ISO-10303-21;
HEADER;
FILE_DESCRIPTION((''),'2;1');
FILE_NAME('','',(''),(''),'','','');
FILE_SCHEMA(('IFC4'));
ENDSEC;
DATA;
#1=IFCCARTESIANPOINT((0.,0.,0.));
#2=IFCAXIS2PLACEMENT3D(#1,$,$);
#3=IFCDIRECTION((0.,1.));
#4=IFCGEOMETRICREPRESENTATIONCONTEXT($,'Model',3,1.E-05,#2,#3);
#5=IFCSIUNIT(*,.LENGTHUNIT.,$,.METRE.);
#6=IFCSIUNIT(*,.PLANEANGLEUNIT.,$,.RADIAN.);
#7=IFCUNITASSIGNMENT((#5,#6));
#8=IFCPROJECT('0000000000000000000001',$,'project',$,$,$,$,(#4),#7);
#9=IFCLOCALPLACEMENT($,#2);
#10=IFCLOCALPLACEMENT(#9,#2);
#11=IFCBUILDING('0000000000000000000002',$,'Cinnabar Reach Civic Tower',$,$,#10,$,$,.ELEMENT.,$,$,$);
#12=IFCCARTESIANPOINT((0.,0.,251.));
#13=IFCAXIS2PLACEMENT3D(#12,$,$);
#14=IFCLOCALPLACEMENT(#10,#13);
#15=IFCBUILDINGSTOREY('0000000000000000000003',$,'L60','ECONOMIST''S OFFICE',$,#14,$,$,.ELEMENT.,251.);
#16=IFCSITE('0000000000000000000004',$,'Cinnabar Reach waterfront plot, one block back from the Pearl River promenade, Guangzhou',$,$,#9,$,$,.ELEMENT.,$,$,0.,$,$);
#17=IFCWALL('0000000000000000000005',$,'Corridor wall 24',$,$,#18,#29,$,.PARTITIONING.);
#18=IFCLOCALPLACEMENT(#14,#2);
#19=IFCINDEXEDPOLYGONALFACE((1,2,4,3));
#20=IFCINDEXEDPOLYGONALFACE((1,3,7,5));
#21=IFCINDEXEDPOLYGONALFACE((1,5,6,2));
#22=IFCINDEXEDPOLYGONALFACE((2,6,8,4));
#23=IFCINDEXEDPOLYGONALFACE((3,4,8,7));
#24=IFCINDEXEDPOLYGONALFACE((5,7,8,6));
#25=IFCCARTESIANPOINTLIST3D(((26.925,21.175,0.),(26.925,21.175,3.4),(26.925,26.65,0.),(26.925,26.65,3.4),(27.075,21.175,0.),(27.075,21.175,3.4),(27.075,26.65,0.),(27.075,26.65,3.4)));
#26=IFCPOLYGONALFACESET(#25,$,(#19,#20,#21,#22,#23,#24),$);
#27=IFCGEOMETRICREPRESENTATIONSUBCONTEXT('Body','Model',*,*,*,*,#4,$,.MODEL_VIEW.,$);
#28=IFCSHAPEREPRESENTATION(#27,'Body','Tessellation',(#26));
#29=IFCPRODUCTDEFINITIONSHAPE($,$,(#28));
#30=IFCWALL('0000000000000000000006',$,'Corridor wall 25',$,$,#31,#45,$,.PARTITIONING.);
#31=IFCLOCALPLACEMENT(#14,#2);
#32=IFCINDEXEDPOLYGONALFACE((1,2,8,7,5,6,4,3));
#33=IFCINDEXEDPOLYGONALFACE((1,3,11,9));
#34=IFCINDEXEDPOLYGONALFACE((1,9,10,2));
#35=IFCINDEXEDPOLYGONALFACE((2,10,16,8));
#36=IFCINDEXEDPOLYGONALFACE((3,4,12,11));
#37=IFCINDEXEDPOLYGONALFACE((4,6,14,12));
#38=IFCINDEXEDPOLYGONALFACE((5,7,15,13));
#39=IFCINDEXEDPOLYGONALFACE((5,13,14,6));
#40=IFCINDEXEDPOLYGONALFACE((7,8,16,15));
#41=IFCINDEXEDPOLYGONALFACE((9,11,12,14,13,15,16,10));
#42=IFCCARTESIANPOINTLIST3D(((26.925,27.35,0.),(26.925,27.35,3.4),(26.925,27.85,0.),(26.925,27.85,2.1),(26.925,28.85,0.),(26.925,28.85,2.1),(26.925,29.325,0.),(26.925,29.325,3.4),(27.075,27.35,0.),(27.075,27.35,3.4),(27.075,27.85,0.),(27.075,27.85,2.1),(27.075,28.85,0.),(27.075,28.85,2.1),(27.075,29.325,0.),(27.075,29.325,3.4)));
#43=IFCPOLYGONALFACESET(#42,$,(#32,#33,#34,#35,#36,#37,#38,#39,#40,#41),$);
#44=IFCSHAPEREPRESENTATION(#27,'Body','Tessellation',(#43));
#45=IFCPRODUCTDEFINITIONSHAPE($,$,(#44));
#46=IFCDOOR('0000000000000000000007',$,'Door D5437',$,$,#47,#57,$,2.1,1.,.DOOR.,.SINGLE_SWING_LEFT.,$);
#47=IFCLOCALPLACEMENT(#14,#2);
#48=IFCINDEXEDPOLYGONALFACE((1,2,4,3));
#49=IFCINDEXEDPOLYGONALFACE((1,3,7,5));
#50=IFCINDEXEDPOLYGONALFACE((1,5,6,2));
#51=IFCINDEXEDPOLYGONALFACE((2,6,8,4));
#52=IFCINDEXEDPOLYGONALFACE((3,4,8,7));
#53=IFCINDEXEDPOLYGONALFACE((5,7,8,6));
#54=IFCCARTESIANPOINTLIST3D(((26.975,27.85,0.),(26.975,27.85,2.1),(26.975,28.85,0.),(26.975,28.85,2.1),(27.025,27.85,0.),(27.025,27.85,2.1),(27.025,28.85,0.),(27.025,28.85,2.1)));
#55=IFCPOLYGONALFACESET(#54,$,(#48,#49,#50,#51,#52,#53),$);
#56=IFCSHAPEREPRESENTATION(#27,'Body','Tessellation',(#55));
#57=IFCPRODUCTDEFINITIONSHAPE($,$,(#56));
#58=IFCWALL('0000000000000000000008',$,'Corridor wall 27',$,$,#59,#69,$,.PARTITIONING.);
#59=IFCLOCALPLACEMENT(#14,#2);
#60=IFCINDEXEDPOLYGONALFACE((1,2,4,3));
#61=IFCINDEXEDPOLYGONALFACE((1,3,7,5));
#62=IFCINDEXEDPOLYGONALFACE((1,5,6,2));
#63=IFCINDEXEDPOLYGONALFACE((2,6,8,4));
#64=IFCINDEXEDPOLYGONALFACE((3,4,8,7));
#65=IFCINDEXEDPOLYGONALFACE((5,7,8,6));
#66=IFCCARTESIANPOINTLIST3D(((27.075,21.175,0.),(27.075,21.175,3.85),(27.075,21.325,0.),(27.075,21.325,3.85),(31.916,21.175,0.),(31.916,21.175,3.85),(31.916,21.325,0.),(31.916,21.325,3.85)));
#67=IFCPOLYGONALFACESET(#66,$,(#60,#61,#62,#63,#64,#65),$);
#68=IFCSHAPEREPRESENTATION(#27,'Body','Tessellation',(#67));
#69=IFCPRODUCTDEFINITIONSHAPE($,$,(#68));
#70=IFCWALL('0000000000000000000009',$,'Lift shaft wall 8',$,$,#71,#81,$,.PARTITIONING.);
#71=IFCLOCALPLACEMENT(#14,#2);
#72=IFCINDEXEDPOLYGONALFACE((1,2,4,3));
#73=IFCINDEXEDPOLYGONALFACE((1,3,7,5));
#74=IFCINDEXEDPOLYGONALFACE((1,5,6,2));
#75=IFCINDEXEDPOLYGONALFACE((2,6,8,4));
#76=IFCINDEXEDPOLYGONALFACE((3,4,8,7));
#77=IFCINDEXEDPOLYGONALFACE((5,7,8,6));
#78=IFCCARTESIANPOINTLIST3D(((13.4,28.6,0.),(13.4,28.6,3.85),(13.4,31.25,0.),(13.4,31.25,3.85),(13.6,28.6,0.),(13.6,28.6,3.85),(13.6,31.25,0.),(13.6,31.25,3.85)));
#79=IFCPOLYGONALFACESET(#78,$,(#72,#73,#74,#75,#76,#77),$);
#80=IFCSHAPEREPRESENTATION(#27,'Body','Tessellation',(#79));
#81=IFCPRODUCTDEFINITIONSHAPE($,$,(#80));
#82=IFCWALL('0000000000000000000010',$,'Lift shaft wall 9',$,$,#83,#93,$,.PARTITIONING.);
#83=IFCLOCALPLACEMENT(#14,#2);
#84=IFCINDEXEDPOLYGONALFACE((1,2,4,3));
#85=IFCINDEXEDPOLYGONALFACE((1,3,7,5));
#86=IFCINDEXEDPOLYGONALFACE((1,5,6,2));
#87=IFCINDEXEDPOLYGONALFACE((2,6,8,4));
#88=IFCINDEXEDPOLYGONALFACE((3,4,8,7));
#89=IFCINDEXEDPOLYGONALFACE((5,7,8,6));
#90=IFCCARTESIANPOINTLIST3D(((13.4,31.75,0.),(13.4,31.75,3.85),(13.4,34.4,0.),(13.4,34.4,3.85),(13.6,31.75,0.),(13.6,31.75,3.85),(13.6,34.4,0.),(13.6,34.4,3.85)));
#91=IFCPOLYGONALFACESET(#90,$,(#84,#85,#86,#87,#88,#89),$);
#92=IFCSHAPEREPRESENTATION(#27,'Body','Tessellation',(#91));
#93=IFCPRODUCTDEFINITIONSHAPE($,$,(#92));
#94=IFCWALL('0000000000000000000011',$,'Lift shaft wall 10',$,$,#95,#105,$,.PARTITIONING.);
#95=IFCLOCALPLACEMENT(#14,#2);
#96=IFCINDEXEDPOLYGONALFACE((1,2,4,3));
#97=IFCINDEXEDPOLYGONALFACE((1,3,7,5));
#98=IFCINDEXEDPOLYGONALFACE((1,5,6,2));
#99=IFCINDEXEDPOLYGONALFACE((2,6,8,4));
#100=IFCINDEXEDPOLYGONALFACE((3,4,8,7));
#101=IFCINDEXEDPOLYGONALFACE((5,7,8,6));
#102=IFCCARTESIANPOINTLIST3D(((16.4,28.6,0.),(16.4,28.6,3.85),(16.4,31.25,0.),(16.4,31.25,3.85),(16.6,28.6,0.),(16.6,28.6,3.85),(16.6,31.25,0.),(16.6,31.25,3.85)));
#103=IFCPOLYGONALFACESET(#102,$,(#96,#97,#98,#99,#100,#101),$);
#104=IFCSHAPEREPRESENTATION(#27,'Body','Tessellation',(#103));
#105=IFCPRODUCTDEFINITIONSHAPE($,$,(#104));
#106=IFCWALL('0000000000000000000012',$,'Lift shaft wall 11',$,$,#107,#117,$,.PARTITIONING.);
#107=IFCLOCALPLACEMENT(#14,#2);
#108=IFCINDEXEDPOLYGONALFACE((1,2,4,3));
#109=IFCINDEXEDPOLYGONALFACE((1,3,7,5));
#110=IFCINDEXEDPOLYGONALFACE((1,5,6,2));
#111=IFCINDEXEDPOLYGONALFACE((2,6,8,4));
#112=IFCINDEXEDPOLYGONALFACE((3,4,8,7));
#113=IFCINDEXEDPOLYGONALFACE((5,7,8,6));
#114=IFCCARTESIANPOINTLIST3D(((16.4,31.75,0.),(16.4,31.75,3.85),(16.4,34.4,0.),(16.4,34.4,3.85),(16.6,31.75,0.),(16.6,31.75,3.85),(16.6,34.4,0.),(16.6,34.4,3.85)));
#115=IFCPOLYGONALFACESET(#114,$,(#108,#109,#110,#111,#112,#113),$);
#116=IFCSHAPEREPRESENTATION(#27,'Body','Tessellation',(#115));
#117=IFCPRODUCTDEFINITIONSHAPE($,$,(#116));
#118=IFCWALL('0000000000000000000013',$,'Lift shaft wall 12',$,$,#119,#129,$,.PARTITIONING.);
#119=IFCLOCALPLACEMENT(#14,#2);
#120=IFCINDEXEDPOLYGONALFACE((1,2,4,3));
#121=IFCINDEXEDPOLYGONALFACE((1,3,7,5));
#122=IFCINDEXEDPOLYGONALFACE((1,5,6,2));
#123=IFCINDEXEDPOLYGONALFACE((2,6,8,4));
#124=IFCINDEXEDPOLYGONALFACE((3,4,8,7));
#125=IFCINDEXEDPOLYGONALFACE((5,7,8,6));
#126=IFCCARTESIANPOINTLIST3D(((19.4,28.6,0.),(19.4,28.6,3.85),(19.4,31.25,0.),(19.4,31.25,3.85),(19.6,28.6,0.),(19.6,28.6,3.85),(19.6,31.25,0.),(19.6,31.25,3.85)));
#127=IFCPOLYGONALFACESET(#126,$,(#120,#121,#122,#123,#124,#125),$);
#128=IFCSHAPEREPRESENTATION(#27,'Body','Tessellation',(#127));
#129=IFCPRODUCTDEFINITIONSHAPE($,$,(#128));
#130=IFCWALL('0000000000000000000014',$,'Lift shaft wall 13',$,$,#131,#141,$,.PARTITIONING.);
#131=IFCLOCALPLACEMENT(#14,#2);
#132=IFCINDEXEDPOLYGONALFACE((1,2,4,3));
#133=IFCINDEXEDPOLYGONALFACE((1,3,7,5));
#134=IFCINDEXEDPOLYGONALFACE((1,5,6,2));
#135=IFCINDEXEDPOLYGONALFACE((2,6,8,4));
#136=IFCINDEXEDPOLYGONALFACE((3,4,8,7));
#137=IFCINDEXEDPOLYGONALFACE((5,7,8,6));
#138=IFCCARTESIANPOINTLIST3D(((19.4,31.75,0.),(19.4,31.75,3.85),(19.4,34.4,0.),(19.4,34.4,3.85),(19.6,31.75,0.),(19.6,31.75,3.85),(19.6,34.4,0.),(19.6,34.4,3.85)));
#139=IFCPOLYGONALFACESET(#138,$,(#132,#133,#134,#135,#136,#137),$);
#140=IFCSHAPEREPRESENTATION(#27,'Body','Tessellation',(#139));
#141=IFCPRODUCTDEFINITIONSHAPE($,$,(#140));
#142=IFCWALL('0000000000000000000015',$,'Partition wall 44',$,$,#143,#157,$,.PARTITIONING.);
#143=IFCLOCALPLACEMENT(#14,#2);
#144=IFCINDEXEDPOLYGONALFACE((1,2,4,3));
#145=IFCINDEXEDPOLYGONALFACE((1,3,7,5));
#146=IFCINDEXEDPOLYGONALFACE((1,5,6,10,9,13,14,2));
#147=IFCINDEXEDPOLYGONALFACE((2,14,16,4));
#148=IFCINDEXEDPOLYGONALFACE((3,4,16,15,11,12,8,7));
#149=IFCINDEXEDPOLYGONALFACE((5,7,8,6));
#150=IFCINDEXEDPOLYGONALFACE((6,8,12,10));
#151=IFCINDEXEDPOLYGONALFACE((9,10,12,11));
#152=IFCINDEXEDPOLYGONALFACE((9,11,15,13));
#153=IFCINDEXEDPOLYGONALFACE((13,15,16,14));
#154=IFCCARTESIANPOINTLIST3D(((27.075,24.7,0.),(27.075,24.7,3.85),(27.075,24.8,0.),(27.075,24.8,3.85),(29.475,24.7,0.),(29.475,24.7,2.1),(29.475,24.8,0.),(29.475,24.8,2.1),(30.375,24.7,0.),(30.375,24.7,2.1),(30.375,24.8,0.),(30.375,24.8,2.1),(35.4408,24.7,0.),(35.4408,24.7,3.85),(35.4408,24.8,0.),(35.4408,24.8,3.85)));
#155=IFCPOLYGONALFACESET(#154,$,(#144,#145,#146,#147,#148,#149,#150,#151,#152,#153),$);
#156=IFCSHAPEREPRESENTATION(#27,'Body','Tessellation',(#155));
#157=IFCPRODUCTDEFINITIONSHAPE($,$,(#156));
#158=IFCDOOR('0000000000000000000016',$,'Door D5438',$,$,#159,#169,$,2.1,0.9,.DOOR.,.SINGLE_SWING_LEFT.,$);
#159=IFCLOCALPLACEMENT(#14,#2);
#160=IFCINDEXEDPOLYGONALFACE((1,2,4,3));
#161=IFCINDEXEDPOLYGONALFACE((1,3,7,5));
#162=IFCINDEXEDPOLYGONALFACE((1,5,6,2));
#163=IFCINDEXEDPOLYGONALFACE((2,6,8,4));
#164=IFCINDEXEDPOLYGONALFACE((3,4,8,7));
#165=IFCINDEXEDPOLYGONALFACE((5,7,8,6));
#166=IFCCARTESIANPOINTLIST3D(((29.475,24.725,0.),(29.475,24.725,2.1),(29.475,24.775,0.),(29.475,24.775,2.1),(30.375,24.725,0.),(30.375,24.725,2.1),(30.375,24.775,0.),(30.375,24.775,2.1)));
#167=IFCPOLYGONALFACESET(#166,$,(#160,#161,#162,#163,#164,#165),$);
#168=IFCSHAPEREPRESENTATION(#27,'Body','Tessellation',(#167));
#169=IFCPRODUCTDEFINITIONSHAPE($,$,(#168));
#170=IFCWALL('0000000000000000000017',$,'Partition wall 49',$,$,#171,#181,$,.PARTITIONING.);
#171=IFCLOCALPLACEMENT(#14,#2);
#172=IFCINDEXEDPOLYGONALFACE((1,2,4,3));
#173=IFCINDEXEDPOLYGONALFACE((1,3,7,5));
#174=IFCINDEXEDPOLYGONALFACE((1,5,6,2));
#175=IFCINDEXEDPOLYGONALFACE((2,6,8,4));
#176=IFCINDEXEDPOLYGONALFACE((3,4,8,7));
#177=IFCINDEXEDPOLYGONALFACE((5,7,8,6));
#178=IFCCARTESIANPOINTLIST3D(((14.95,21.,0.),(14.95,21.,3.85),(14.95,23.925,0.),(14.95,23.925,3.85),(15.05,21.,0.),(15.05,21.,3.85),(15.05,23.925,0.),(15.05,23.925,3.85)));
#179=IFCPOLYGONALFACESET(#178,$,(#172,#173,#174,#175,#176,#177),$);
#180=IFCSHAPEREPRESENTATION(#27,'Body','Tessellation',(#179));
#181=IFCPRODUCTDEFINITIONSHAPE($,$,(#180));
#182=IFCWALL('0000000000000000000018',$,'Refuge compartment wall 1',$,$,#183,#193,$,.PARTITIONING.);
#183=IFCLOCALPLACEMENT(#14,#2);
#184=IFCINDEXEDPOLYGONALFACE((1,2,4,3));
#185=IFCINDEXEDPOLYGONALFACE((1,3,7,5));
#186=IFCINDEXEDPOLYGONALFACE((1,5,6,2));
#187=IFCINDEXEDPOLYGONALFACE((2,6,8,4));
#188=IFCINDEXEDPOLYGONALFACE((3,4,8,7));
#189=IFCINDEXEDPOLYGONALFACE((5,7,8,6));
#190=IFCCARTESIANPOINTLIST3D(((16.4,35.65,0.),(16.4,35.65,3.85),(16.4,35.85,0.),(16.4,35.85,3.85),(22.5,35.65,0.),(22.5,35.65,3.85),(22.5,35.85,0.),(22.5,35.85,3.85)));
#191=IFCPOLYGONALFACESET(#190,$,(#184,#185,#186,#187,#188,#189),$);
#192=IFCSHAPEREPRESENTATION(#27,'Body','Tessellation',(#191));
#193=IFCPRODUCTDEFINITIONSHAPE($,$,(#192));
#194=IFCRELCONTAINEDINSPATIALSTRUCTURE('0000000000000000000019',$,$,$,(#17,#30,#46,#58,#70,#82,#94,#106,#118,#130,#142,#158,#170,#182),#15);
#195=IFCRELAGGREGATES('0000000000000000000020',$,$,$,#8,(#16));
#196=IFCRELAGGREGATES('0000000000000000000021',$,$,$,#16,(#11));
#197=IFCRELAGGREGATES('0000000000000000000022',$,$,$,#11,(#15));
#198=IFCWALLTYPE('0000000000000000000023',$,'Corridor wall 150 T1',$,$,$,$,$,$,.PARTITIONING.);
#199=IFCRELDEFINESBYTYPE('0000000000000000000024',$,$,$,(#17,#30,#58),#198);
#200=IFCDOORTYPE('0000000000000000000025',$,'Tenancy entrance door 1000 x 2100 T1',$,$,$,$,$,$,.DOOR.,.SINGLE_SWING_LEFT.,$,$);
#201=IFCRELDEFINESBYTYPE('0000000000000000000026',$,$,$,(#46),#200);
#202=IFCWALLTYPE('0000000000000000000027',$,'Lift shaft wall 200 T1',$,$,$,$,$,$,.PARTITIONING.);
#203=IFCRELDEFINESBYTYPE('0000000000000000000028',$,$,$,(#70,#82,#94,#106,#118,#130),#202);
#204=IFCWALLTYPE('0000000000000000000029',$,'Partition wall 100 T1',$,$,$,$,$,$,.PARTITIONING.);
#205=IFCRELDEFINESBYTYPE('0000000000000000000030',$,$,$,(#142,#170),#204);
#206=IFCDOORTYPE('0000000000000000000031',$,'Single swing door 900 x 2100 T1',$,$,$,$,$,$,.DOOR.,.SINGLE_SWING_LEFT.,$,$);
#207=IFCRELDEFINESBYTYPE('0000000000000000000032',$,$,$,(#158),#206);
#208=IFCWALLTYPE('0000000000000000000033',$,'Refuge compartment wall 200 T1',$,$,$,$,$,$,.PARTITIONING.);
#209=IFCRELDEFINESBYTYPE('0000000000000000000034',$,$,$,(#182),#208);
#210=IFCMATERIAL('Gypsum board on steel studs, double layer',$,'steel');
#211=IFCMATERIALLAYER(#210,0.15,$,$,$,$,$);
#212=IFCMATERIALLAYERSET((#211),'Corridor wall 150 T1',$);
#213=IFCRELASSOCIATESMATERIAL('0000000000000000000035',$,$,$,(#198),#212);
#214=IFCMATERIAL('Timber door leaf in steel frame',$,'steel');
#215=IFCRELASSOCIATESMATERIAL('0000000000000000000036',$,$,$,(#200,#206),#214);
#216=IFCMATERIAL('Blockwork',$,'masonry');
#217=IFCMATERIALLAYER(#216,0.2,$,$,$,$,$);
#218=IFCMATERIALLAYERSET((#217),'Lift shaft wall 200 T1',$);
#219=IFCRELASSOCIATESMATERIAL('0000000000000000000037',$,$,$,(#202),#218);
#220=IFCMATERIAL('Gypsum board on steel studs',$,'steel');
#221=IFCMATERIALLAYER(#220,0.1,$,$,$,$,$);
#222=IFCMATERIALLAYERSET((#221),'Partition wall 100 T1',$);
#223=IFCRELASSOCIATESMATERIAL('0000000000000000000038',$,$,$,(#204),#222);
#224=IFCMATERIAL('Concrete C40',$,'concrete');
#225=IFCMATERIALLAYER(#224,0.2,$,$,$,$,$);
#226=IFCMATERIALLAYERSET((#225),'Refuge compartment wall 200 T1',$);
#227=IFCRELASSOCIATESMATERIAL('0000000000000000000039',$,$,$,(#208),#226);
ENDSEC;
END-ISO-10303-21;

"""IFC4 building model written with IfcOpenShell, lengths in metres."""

from ifc_helpers import new_model, si_unit, direction, frame, frame_2d, origin, place, context, subcontext, project, spatial, rectangle, extrude, material, layer, layer_set, type_object, element, fill, save


model = new_model("IFC4")

# Units and contexts
model_context = context("Model", 3, precision=1e-05, world=origin(), true_north=direction((0.0, 1.0)))
body_context = subcontext(model_context, "Body", "Model", "MODEL_VIEW")
ifc_project = project(units=[si_unit("LENGTHUNIT", "METRE"), si_unit("PLANEANGLEUNIT", "RADIAN")], contexts=[model_context])

# Site, building, storey
site_placement = place(None, origin())
site = spatial("IfcSite", under=ifc_project, at=site_placement, Name="Cinnabar Reach waterfront plot, one block back from the Pearl River promenade, Guangzhou", CompositionType="ELEMENT", RefElevation=0.0)
building_placement = place(site_placement, origin())
building = spatial("IfcBuilding", under=site, at=building_placement, Name="Cinnabar Reach Civic Tower", CompositionType="ELEMENT")
storey_placement = place(building_placement, frame((0.0, 0.0, 251.0)))
storey = spatial("IfcBuildingStorey", under=building, at=storey_placement, Name="L60", Description="ECONOMIST'S OFFICE", CompositionType="ELEMENT", Elevation=251.0)

# Shared definitions
ifc_material_1 = material(Name="Timber door leaf in steel frame", Category="steel")

# Shared definitions
ifc_material_2 = material(Name="Gypsum board on steel studs, double layer", Category="steel")
ifc_layer_1 = layer(ifc_material_2, 0.15)
ifc_layer_set_1 = layer_set([ifc_layer_1], Name="Corridor wall 150 T1")
wall_type_1 = type_object("IfcWallType", Name="Corridor wall 150 T1", PredefinedType="PARTITIONING", material=ifc_layer_set_1)
door_type_1 = type_object("IfcDoorType", Name="Tenancy entrance door 1000 x 2100 T1", OperationType="SINGLE_SWING_LEFT", PredefinedType="DOOR", material=ifc_material_1)

# Wall
wall_1_placement = place(storey_placement, frame((27.0, 21.175, 0.0), z_axis=(0.0, 0.0, 1.0), x_axis=(0.0, 1.0, 0.0)))
element("IfcWall", 1, at=wall_1_placement, inside=storey, type_object=wall_type_1, Name="Corridor wall 24", PredefinedType="PARTITIONING", context=body_context, shape_type="SweptSolid", body=[
    extrude(rectangle(XDim=5.475, YDim=0.15, at=frame_2d((2.7375, 0.0))), origin(), (0.0, 0.0, 1.0), 3.4),
])

# Wall, opening, door
wall_2_placement = place(storey_placement, frame((27.0, 27.35, 0.0), z_axis=(0.0, 0.0, 1.0), x_axis=(0.0, 1.0, 0.0)))
wall_2 = element("IfcWall", 2, at=wall_2_placement, inside=storey, type_object=wall_type_1, Name="Corridor wall 25", PredefinedType="PARTITIONING", context=body_context, shape_type="SweptSolid", body=[
    extrude(rectangle(XDim=1.975, YDim=0.15, at=frame_2d((0.9875, 0.0))), origin(), (0.0, 0.0, 1.0), 3.4),
])
opening_1_placement = place(wall_2_placement, frame((0.5, 0.0, 0.0)))
opening_1 = element("IfcOpeningElement", 3, at=opening_1_placement, cuts=wall_2, PredefinedType="OPENING", context=body_context, shape_type="SweptSolid", body=[
    extrude(rectangle(XDim=1.0, YDim=2.1, at=frame_2d((0.5, 1.05))), frame((0.0, 0.085, 0.0), z_axis=(0.0, -1.0, 0.0), x_axis=(1.0, 0.0, 0.0)), (0.0, 0.0, 1.0), 0.17),
])
door_1_placement = place(opening_1_placement, frame((1.0, 0.0, 0.0), z_axis=(0.0, 0.0, 1.0), x_axis=(-1.0, 0.0, 0.0)))
door_1 = element("IfcDoor", 4, at=door_1_placement, inside=storey, type_object=door_type_1, Name="Door D5437", OperationType="SINGLE_SWING_LEFT", OverallHeight=2.1, OverallWidth=1.0, PredefinedType="DOOR", context=body_context, shape_type="SweptSolid", body=[
    extrude(rectangle(XDim=1.0, YDim=2.1, at=frame_2d((0.5, 1.05))), frame((0.0, 0.025, 0.0), z_axis=(0.0, -1.0, 0.0), x_axis=(1.0, 0.0, 0.0)), (0.0, 0.0, 1.0), 0.05),
])
fill(opening_1, door_1)

# Walls
wall_3_placement = place(storey_placement, frame((27.075, 21.25, 0.0), z_axis=(0.0, 0.0, 1.0), x_axis=(1.0, 0.0, 0.0)))
element("IfcWall", 5, at=wall_3_placement, inside=storey, type_object=wall_type_1, Name="Corridor wall 27", PredefinedType="PARTITIONING", context=body_context, shape_type="SweptSolid", body=[
    extrude(rectangle(XDim=4.841, YDim=0.15, at=frame_2d((2.4205, 0.0))), origin(), (0.0, 0.0, 1.0), 3.85),
])
ifc_material_3 = material(Name="Blockwork", Category="masonry")
ifc_layer_2 = layer(ifc_material_3, 0.2)
ifc_layer_set_2 = layer_set([ifc_layer_2], Name="Lift shaft wall 200 T1")
wall_type_2 = type_object("IfcWallType", Name="Lift shaft wall 200 T1", PredefinedType="PARTITIONING", material=ifc_layer_set_2)
for number, where, z_axis, x_axis, name in (
    (6, (13.5, 28.6, 0.0), (0.0, 0.0, 1.0), (0.0, 1.0, 0.0), "Lift shaft wall 8"),
    (7, (13.5, 31.75, 0.0), (0.0, 0.0, 1.0), (0.0, 1.0, 0.0), "Lift shaft wall 9"),
    (8, (16.5, 28.6, 0.0), (0.0, 0.0, 1.0), (0.0, 1.0, 0.0), "Lift shaft wall 10"),
    (9, (16.5, 31.75, 0.0), (0.0, 0.0, 1.0), (0.0, 1.0, 0.0), "Lift shaft wall 11"),
    (10, (19.5, 28.6, 0.0), (0.0, 0.0, 1.0), (0.0, 1.0, 0.0), "Lift shaft wall 12"),
    (11, (19.5, 31.75, 0.0), (0.0, 0.0, 1.0), (0.0, 1.0, 0.0), "Lift shaft wall 13"),
):
    element("IfcWall", number, at=place(storey_placement, frame(where, z_axis=z_axis, x_axis=x_axis)), inside=storey, type_object=wall_type_2, Name=name, PredefinedType="PARTITIONING", context=body_context, shape_type="SweptSolid", body=[
        extrude(rectangle(XDim=2.65, YDim=0.2, at=frame_2d((1.325, 0.0))), origin(), (0.0, 0.0, 1.0), 3.85),
    ])

# Wall, opening, door
ifc_material_4 = material(Name="Gypsum board on steel studs", Category="steel")
ifc_layer_3 = layer(ifc_material_4, 0.1)
ifc_layer_set_3 = layer_set([ifc_layer_3], Name="Partition wall 100 T1")
wall_type_3 = type_object("IfcWallType", Name="Partition wall 100 T1", PredefinedType="PARTITIONING", material=ifc_layer_set_3)
wall_4_placement = place(storey_placement, frame((27.075, 24.75, 0.0), z_axis=(0.0, 0.0, 1.0), x_axis=(1.0, 0.0, 0.0)))
wall_4 = element("IfcWall", 12, at=wall_4_placement, inside=storey, type_object=wall_type_3, Name="Partition wall 44", PredefinedType="PARTITIONING", context=body_context, shape_type="SweptSolid", body=[
    extrude(rectangle(XDim=8.3659, YDim=0.1, at=frame_2d((4.1829, 0.0))), origin(), (0.0, 0.0, 1.0), 3.85),
])
opening_2_placement = place(wall_4_placement, frame((2.4, 0.0, 0.0)))
opening_2 = element("IfcOpeningElement", 13, at=opening_2_placement, cuts=wall_4, PredefinedType="OPENING", context=body_context, shape_type="SweptSolid", body=[
    extrude(rectangle(XDim=0.9, YDim=2.1, at=frame_2d((0.45, 1.05))), frame((0.0, 0.06, 0.0), z_axis=(0.0, -1.0, 0.0), x_axis=(1.0, 0.0, 0.0)), (0.0, 0.0, 1.0), 0.12),
])
door_type_2 = type_object("IfcDoorType", Name="Single swing door 900 x 2100 T1", OperationType="SINGLE_SWING_LEFT", PredefinedType="DOOR", material=ifc_material_1)
door_2_placement = place(opening_2_placement, frame((0.9, 0.0, 0.0), z_axis=(0.0, 0.0, 1.0), x_axis=(-1.0, 0.0, 0.0)))
door_2 = element("IfcDoor", 14, at=door_2_placement, inside=storey, type_object=door_type_2, Name="Door D5438", OperationType="SINGLE_SWING_LEFT", OverallHeight=2.1, OverallWidth=0.9, PredefinedType="DOOR", context=body_context, shape_type="SweptSolid", body=[
    extrude(rectangle(XDim=0.9, YDim=2.1, at=frame_2d((0.45, 1.05))), frame((0.0, 0.025, 0.0), z_axis=(0.0, -1.0, 0.0), x_axis=(1.0, 0.0, 0.0)), (0.0, 0.0, 1.0), 0.05),
])
fill(opening_2, door_2)

# Walls
wall_5_placement = place(storey_placement, frame((15.0, 21.0, 0.0), z_axis=(0.0, 0.0, 1.0), x_axis=(0.0, 1.0, 0.0)))
element("IfcWall", 15, at=wall_5_placement, inside=storey, type_object=wall_type_3, Name="Partition wall 49", PredefinedType="PARTITIONING", context=body_context, shape_type="SweptSolid", body=[
    extrude(rectangle(XDim=2.925, YDim=0.1, at=frame_2d((1.4625, 0.0))), origin(), (0.0, 0.0, 1.0), 3.85),
])
ifc_material_5 = material(Name="Concrete C40", Category="concrete")
ifc_layer_4 = layer(ifc_material_5, 0.2)
ifc_layer_set_4 = layer_set([ifc_layer_4], Name="Refuge compartment wall 200 T1")
wall_type_4 = type_object("IfcWallType", Name="Refuge compartment wall 200 T1", PredefinedType="PARTITIONING", material=ifc_layer_set_4)
wall_6_placement = place(storey_placement, frame((16.4, 35.75, 0.0), z_axis=(0.0, 0.0, 1.0), x_axis=(1.0, 0.0, 0.0)))
element("IfcWall", 16, at=wall_6_placement, inside=storey, type_object=wall_type_4, Name="Refuge compartment wall 1", PredefinedType="PARTITIONING", context=body_context, shape_type="SweptSolid", body=[
    extrude(rectangle(XDim=6.1, YDim=0.2, at=frame_2d((3.05, 0.0))), origin(), (0.0, 0.0, 1.0), 3.85),
])

save(model, "model.ifc")
